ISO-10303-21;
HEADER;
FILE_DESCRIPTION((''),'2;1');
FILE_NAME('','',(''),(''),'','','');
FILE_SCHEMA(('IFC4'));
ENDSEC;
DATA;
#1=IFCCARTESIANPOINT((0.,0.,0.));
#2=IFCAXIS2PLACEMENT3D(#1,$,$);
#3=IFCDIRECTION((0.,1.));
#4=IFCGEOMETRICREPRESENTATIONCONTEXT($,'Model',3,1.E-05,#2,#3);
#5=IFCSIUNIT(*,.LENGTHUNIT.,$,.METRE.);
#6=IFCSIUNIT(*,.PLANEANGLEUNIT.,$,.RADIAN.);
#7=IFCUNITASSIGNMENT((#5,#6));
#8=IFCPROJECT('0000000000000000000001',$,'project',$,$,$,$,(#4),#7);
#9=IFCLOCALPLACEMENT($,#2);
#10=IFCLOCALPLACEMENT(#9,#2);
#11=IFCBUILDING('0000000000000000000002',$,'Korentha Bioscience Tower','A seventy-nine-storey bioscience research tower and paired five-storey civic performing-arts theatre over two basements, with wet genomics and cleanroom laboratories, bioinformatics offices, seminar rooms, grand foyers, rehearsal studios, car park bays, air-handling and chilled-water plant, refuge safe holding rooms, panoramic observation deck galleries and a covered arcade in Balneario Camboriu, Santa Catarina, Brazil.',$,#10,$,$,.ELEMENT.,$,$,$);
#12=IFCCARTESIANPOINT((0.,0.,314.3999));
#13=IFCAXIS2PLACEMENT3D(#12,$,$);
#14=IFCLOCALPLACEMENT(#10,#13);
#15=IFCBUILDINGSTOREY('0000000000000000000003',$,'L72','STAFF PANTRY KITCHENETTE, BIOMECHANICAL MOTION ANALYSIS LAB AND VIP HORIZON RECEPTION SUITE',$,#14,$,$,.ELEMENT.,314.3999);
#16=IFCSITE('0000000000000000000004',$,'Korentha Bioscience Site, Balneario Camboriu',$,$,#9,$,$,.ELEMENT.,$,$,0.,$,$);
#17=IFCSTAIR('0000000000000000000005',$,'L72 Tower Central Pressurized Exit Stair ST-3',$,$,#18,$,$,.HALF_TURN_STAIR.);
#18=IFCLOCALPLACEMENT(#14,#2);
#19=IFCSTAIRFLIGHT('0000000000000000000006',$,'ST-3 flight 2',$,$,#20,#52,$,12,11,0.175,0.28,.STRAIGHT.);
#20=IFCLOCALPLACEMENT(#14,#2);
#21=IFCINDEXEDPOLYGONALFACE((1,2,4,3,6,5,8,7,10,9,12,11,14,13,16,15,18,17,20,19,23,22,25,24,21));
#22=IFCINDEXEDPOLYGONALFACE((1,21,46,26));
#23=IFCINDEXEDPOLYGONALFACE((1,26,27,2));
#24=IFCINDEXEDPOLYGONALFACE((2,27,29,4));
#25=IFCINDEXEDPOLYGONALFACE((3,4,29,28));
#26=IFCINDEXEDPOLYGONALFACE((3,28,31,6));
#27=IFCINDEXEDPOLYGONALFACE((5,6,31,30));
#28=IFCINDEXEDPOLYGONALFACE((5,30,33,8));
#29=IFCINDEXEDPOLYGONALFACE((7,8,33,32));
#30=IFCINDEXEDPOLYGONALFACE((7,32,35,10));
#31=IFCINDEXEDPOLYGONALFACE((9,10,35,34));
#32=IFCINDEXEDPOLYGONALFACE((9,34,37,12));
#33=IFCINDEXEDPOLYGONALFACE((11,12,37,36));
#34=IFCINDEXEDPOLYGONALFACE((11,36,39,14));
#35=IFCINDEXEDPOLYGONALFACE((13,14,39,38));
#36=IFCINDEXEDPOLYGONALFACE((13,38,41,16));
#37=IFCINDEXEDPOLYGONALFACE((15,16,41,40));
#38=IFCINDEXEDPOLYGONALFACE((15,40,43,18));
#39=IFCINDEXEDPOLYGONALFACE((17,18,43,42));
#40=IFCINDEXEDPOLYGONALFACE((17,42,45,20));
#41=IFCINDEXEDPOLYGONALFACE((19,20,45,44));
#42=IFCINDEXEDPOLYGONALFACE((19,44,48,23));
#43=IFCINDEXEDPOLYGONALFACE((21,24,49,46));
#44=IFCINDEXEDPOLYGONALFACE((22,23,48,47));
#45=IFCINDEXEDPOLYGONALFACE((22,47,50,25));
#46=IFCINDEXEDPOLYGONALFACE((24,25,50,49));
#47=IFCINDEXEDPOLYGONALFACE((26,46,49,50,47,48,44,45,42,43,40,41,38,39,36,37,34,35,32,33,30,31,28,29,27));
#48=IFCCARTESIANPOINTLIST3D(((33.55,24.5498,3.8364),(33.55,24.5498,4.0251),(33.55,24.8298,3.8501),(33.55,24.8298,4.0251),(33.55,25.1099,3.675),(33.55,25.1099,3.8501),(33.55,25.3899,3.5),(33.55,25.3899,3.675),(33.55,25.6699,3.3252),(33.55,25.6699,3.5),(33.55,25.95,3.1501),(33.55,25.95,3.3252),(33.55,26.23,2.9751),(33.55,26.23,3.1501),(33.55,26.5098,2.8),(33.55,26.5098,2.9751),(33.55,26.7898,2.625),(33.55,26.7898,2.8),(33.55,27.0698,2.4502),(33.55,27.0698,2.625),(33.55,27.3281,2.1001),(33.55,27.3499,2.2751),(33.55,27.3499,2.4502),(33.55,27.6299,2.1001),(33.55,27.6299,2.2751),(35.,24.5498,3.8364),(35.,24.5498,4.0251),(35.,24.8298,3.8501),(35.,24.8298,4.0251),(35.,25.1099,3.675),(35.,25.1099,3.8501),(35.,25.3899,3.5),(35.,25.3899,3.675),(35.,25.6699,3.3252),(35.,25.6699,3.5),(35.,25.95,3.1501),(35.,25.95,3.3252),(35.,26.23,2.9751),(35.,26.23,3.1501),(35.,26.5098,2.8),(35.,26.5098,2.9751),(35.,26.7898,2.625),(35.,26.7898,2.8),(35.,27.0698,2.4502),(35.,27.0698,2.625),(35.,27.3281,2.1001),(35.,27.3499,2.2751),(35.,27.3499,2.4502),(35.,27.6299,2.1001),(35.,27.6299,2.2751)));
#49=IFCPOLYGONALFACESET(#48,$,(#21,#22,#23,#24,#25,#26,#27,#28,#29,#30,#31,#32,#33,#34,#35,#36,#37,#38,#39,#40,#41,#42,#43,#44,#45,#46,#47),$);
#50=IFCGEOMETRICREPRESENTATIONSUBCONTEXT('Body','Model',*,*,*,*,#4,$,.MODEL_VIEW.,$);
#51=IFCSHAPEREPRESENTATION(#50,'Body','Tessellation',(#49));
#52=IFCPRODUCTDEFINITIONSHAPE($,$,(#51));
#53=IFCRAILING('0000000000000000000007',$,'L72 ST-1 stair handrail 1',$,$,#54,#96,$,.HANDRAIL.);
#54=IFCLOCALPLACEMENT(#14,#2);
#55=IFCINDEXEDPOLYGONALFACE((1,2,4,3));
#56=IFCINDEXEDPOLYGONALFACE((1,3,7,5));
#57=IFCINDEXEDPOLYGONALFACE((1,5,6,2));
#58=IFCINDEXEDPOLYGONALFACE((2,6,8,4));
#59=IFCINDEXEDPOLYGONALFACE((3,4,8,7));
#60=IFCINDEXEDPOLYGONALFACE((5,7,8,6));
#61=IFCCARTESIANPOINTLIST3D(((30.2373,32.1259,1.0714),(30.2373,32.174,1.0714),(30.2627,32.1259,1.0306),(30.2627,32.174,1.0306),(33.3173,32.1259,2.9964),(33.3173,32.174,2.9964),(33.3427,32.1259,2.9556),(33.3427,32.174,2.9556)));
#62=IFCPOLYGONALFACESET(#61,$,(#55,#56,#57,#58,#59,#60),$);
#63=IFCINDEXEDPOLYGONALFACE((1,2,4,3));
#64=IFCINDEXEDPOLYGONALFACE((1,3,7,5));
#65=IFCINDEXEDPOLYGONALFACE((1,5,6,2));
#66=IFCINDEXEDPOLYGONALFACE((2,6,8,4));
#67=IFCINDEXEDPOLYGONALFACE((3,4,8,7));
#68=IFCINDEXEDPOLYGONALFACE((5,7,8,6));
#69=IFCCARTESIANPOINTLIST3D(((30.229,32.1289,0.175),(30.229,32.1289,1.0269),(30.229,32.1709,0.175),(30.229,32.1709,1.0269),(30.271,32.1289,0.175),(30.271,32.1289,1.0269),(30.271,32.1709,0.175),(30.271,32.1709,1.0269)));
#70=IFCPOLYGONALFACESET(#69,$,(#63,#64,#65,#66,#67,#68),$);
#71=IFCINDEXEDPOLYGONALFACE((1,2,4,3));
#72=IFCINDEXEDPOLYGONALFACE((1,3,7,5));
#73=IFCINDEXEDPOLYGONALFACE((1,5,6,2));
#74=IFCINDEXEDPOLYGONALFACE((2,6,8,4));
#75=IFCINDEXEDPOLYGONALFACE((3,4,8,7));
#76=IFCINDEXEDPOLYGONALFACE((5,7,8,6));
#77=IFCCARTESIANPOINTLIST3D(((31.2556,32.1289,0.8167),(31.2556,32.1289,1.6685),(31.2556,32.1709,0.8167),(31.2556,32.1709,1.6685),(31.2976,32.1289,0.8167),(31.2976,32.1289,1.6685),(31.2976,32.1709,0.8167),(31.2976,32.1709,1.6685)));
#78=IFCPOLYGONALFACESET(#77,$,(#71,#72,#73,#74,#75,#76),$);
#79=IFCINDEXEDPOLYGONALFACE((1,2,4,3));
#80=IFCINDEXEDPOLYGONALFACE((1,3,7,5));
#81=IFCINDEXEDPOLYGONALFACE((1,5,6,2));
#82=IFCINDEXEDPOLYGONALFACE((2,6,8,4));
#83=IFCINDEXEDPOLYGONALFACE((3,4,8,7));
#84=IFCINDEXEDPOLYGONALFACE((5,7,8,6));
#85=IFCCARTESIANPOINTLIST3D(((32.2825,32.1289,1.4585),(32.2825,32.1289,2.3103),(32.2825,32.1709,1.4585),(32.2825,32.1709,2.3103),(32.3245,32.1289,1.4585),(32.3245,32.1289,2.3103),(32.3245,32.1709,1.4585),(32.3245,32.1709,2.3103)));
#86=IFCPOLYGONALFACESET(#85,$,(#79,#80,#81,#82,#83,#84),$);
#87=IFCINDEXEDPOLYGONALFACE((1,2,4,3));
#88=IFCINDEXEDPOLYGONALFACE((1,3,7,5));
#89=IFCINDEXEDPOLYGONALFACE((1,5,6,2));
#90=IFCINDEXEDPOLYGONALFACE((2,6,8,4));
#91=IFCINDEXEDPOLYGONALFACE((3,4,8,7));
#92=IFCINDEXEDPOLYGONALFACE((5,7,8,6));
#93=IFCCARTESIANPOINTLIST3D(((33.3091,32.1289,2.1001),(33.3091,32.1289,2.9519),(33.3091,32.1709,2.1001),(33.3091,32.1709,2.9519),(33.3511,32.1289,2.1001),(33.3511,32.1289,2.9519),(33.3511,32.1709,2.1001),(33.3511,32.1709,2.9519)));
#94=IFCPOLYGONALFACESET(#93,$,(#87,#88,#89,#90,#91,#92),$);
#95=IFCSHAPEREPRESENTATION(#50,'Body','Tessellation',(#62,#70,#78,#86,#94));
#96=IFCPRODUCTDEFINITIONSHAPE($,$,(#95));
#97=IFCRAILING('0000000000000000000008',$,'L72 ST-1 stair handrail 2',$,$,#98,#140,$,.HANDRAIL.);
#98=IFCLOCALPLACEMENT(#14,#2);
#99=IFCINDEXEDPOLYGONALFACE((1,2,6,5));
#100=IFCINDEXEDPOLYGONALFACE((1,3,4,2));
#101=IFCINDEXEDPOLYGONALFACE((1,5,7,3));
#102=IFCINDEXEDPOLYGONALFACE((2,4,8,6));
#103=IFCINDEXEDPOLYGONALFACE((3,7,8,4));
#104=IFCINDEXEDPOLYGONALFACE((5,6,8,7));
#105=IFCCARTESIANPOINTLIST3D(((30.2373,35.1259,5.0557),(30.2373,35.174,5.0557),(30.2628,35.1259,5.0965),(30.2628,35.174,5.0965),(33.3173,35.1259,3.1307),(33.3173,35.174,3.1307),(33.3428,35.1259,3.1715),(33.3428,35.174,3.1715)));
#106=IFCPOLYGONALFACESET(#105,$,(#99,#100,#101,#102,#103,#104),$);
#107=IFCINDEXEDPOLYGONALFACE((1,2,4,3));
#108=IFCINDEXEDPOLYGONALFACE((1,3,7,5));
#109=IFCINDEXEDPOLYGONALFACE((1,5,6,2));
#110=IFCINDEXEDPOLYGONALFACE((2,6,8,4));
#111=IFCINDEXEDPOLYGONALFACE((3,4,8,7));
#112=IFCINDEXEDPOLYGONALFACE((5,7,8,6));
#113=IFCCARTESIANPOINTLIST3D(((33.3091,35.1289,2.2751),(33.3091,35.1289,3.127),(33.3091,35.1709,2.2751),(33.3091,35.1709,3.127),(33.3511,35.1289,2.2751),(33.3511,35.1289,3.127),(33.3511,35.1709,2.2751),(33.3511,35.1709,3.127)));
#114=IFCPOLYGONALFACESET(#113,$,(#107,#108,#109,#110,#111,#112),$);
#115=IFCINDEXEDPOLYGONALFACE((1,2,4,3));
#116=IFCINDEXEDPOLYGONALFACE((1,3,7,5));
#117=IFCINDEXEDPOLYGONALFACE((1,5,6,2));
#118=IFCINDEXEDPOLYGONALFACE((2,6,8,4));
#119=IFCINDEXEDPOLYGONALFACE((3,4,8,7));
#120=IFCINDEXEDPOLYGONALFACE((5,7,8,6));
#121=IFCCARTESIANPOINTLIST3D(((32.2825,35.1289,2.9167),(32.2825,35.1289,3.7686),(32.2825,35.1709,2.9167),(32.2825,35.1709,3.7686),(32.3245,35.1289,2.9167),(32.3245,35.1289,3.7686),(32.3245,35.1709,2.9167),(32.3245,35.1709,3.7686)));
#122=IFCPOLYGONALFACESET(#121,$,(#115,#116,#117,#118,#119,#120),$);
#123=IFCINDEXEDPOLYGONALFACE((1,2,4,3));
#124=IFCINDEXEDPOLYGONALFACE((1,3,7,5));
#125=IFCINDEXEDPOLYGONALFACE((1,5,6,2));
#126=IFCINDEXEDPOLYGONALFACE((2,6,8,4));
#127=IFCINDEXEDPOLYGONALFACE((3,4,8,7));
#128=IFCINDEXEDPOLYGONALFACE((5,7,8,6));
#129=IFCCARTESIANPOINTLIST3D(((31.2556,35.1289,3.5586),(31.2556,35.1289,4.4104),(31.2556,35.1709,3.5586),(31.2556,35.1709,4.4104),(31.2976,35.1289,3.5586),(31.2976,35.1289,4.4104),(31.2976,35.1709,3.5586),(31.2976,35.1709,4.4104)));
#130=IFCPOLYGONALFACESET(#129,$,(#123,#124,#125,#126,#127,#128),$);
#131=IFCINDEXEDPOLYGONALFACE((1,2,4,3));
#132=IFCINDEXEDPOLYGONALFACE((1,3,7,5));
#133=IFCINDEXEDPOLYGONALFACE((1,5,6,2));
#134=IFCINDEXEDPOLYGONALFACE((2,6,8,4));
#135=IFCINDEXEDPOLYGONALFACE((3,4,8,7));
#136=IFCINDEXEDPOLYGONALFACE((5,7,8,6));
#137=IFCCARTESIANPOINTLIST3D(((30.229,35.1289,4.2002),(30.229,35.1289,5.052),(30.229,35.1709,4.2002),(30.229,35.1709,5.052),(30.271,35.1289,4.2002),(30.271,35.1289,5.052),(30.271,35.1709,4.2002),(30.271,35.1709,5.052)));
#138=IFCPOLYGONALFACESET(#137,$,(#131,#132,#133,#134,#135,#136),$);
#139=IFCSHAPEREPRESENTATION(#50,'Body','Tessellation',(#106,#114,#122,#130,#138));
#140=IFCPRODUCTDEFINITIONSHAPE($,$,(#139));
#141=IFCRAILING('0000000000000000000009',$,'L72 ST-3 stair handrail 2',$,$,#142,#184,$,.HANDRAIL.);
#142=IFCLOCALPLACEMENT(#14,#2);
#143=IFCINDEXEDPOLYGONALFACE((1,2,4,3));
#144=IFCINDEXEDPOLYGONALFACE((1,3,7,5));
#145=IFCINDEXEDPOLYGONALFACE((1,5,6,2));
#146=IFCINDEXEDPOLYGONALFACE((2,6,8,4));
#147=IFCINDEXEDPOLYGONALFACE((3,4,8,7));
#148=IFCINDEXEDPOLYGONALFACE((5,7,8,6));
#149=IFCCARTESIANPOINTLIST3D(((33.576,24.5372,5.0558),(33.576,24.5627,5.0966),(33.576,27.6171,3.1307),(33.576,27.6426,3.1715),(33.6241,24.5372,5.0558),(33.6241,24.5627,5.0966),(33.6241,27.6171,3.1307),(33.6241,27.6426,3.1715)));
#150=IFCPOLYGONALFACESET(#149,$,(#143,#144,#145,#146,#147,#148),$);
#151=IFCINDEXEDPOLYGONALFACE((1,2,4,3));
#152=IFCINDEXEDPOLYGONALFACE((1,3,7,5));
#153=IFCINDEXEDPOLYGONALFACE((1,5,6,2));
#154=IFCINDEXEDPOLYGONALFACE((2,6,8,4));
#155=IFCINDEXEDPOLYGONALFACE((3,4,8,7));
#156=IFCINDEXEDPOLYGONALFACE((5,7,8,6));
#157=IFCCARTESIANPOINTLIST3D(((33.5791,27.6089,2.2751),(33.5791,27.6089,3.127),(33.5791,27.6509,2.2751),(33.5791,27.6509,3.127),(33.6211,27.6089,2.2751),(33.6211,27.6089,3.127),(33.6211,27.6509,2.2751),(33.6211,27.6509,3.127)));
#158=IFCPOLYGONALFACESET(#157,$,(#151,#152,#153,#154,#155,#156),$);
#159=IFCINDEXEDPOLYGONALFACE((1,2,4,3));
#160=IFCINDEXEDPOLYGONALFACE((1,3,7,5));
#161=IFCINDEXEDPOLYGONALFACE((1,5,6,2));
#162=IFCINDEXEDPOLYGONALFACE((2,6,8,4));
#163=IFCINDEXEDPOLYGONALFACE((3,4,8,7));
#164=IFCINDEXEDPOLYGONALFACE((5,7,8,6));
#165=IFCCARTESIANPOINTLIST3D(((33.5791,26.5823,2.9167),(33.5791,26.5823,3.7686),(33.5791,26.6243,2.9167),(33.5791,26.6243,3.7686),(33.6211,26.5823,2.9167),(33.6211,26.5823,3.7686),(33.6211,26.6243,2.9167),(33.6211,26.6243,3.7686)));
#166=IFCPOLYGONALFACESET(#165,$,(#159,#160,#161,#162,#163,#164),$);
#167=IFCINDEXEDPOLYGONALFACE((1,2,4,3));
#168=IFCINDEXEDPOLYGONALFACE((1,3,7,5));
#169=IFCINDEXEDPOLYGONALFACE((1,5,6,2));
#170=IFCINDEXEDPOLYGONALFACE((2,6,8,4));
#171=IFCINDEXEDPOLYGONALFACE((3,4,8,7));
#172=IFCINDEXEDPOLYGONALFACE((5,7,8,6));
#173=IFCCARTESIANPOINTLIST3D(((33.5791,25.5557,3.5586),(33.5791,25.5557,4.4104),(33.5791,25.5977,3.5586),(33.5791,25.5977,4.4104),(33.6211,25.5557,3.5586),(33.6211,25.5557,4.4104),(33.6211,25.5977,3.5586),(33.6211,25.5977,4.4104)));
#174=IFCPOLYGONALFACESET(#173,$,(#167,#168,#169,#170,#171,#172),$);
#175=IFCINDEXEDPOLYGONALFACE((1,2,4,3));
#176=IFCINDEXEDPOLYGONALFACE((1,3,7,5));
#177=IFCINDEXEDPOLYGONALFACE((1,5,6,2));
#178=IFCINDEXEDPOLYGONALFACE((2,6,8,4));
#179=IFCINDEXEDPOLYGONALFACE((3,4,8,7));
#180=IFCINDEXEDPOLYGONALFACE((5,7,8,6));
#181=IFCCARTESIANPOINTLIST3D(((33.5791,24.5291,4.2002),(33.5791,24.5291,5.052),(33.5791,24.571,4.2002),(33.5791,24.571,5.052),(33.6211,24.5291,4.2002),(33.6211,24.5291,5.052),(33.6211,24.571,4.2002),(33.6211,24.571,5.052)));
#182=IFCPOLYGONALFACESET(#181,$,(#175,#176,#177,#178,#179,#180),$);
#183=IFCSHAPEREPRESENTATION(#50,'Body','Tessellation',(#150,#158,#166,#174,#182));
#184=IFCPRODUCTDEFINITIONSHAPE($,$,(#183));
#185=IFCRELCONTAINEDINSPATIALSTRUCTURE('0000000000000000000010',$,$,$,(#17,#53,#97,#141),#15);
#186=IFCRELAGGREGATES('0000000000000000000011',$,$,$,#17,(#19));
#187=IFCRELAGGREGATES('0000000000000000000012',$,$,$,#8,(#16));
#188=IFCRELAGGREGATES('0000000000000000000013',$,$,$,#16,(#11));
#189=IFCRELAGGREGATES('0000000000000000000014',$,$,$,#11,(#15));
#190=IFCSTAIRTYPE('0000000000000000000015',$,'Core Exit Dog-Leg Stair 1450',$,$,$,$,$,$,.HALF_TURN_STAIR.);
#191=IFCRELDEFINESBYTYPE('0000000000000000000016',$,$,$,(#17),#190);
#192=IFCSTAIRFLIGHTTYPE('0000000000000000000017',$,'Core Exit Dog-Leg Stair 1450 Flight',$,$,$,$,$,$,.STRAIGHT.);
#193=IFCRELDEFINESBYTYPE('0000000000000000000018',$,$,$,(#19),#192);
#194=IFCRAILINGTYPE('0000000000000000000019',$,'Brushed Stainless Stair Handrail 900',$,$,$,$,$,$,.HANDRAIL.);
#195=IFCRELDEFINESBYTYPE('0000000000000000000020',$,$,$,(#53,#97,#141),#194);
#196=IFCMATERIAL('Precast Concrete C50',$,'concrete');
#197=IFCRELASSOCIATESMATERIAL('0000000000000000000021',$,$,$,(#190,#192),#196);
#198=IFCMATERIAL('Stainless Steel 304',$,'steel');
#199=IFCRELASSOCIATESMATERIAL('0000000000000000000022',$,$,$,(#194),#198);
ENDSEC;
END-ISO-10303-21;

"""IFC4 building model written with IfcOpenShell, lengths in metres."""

from ifc_helpers import new_model, si_unit, direction, frame, origin, origin_2d, place, context, subcontext, project, spatial, polyline, rectangle, outline, extrude, material, type_object, element, aggregate, save


model = new_model("IFC4")

# Units and contexts
model_context = context("Model", 3, precision=1e-05, world=origin(), true_north=direction((0.0, 1.0)))
body_context = subcontext(model_context, "Body", "Model", "MODEL_VIEW")
ifc_project = project(units=[si_unit("LENGTHUNIT", "METRE"), si_unit("PLANEANGLEUNIT", "RADIAN")], contexts=[model_context])

# Site, building, storey
site_placement = place(None, origin())
site = spatial("IfcSite", under=ifc_project, at=site_placement, Name="Korentha Bioscience Site, Balneario Camboriu", CompositionType="ELEMENT", RefElevation=0.0)
building_placement = place(site_placement, origin())
building = spatial("IfcBuilding", under=site, at=building_placement, Name="Korentha Bioscience Tower", Description="A seventy-nine-storey bioscience research tower and paired five-storey civic performing-arts theatre over two basements, with wet genomics and cleanroom laboratories, bioinformatics offices, seminar rooms, grand foyers, rehearsal studios, car park bays, air-handling and chilled-water plant, refuge safe holding rooms, panoramic observation deck galleries and a covered arcade in Balneario Camboriu, Santa Catarina, Brazil.", CompositionType="ELEMENT")
storey_placement = place(building_placement, frame((0.0, 0.0, 314.3999)))
storey = spatial("IfcBuildingStorey", under=building, at=storey_placement, Name="L72", Description="STAFF PANTRY KITCHENETTE, BIOMECHANICAL MOTION ANALYSIS LAB AND VIP HORIZON RECEPTION SUITE", CompositionType="ELEMENT", Elevation=314.3999)

# Shared definitions
ifc_material_1 = material(Name="Precast Concrete C50", Category="concrete")
stair_type = type_object("IfcStairType", Name="Core Exit Dog-Leg Stair 1450", PredefinedType="HALF_TURN_STAIR", material=ifc_material_1)
stair_flight_type = type_object("IfcStairFlightType", Name="Core Exit Dog-Leg Stair 1450 Flight", PredefinedType="STRAIGHT", material=ifc_material_1)

# Stair, stair flight
stair_1_placement = place(storey_placement, origin())
stair_1 = element("IfcStair", 1, at=stair_1_placement, inside=storey, type_object=stair_type, Name="L72 Tower Central Pressurized Exit Stair ST-3", PredefinedType="HALF_TURN_STAIR")
stair_flight_1_placement = place(storey_placement, frame((34.2749, 27.6299, 2.1001), z_axis=(0.0, 0.0, 1.0), x_axis=(0.0, -1.0, 0.0)))
stair_flight_1 = element("IfcStairFlight", 2, at=stair_flight_1_placement, type_object=stair_flight_type, Name="ST-3 flight 2", NumberOfRisers=12, NumberOfTreads=11, PredefinedType="STRAIGHT", RiserHeight=0.175, TreadLength=0.28, context=body_context, shape_type="SweptSolid", body=[
    extrude(outline(polyline([(0.0, 0.0), (0.0, 0.175), (0.28, 0.175), (0.28, 0.3501), (0.5601, 0.3501), (0.5601, 0.5249), (0.8401, 0.5249), (0.8401, 0.7), (1.1201, 0.7), (1.1201, 0.875), (1.3999, 0.875), (1.3999, 1.05), (1.6799, 1.05), (1.6799, 1.2251), (1.96, 1.2251), (1.96, 1.3999), (2.24, 1.3999), (2.24, 1.575), (2.52, 1.575), (2.52, 1.75), (2.8, 1.75), (2.8, 1.925), (3.0801, 1.925), (3.0801, 2.1001), (3.0801, 1.7363), (0.3018, 0.0), (0.0, 0.0)])), frame((0.0, 0.7251, 0.0), z_axis=(0.0, -1.0, 0.0), x_axis=(1.0, 0.0, 0.0)), (0.0, 0.0, 1.0), 1.45),
])
aggregate(stair_1, [stair_flight_1])

# Railings
ifc_material_2 = material(Name="Stainless Steel 304", Category="steel")
railing_type_1 = type_object("IfcRailingType", Name="Brushed Stainless Stair Handrail 900", PredefinedType="HANDRAIL", material=ifc_material_2)
railing_1_placement = place(storey_placement, frame((30.25, 32.1499, 0.175)))
element("IfcRailing", 3, at=railing_1_placement, inside=storey, type_object=railing_type_1, Name="L72 ST-1 stair handrail 1", PredefinedType="HANDRAIL", context=body_context, shape_type="SweptSolid", body=[
    extrude(rectangle(XDim=0.0481, YDim=0.0481, at=origin_2d()), frame((0.0, 0.0, 0.876), z_axis=(0.847998, 0.0, 0.529999), x_axis=(0.0, 1.0, 0.0)), (0.0, 0.0, 1.0), 3.6321),
    extrude(rectangle(XDim=0.042, YDim=0.042, at=origin_2d()), origin(), (0.0, 0.0, 1.0), 0.8518),
    extrude(rectangle(XDim=0.042, YDim=0.042, at=origin_2d()), frame((1.0266, 0.0, 0.6416)), (0.0, 0.0, 1.0), 0.8518),
    extrude(rectangle(XDim=0.042, YDim=0.042, at=origin_2d()), frame((2.0535, 0.0, 1.2834)), (0.0, 0.0, 1.0), 0.8518),
    extrude(rectangle(XDim=0.042, YDim=0.042, at=origin_2d()), frame((3.0801, 0.0, 1.925)), (0.0, 0.0, 1.0), 0.8518),
])
railing_2_placement = place(storey_placement, frame((33.3301, 35.1499, 2.2751)))
element("IfcRailing", 4, at=railing_2_placement, inside=storey, type_object=railing_type_1, Name="L72 ST-1 stair handrail 2", PredefinedType="HANDRAIL", context=body_context, shape_type="SweptSolid", body=[
    extrude(rectangle(XDim=0.0481, YDim=0.0481, at=origin_2d()), frame((0.0, 0.0, 0.876), z_axis=(-0.847998, 0.0, 0.529999), x_axis=(0.0, -1.0, 0.0)), (0.0, 0.0, 1.0), 3.6321),
    extrude(rectangle(XDim=0.042, YDim=0.042, at=origin_2d()), origin(), (0.0, 0.0, 1.0), 0.8518),
    extrude(rectangle(XDim=0.042, YDim=0.042, at=origin_2d()), frame((-1.0266, 0.0, 0.6416)), (0.0, 0.0, 1.0), 0.8518),
    extrude(rectangle(XDim=0.042, YDim=0.042, at=origin_2d()), frame((-2.0535, 0.0, 1.2834)), (0.0, 0.0, 1.0), 0.8518),
    extrude(rectangle(XDim=0.042, YDim=0.042, at=origin_2d()), frame((-3.0801, 0.0, 1.925)), (0.0, 0.0, 1.0), 0.8518),
])
railing_3_placement = place(storey_placement, frame((33.6001, 27.6299, 2.2751)))
element("IfcRailing", 5, at=railing_3_placement, inside=storey, type_object=railing_type_1, Name="L72 ST-3 stair handrail 2", PredefinedType="HANDRAIL", context=body_context, shape_type="SweptSolid", body=[
    extrude(rectangle(XDim=0.0481, YDim=0.0481, at=origin_2d()), frame((0.0, 0.0, 0.876), z_axis=(0.0, -0.847979, 0.530029), x_axis=(1.0, 0.0, 0.0)), (0.0, 0.0, 1.0), 3.6321),
    extrude(rectangle(XDim=0.042, YDim=0.042, at=origin_2d()), origin(), (0.0, 0.0, 1.0), 0.8518),
    extrude(rectangle(XDim=0.042, YDim=0.042, at=origin_2d()), frame((0.0, -1.0266, 0.6416)), (0.0, 0.0, 1.0), 0.8518),
    extrude(rectangle(XDim=0.042, YDim=0.042, at=origin_2d()), frame((0.0, -2.0532, 1.2834)), (0.0, 0.0, 1.0), 0.8518),
    extrude(rectangle(XDim=0.042, YDim=0.042, at=origin_2d()), frame((0.0, -3.0798, 1.925)), (0.0, 0.0, 1.0), 0.8518),
])

save(model, "model.ifc")
